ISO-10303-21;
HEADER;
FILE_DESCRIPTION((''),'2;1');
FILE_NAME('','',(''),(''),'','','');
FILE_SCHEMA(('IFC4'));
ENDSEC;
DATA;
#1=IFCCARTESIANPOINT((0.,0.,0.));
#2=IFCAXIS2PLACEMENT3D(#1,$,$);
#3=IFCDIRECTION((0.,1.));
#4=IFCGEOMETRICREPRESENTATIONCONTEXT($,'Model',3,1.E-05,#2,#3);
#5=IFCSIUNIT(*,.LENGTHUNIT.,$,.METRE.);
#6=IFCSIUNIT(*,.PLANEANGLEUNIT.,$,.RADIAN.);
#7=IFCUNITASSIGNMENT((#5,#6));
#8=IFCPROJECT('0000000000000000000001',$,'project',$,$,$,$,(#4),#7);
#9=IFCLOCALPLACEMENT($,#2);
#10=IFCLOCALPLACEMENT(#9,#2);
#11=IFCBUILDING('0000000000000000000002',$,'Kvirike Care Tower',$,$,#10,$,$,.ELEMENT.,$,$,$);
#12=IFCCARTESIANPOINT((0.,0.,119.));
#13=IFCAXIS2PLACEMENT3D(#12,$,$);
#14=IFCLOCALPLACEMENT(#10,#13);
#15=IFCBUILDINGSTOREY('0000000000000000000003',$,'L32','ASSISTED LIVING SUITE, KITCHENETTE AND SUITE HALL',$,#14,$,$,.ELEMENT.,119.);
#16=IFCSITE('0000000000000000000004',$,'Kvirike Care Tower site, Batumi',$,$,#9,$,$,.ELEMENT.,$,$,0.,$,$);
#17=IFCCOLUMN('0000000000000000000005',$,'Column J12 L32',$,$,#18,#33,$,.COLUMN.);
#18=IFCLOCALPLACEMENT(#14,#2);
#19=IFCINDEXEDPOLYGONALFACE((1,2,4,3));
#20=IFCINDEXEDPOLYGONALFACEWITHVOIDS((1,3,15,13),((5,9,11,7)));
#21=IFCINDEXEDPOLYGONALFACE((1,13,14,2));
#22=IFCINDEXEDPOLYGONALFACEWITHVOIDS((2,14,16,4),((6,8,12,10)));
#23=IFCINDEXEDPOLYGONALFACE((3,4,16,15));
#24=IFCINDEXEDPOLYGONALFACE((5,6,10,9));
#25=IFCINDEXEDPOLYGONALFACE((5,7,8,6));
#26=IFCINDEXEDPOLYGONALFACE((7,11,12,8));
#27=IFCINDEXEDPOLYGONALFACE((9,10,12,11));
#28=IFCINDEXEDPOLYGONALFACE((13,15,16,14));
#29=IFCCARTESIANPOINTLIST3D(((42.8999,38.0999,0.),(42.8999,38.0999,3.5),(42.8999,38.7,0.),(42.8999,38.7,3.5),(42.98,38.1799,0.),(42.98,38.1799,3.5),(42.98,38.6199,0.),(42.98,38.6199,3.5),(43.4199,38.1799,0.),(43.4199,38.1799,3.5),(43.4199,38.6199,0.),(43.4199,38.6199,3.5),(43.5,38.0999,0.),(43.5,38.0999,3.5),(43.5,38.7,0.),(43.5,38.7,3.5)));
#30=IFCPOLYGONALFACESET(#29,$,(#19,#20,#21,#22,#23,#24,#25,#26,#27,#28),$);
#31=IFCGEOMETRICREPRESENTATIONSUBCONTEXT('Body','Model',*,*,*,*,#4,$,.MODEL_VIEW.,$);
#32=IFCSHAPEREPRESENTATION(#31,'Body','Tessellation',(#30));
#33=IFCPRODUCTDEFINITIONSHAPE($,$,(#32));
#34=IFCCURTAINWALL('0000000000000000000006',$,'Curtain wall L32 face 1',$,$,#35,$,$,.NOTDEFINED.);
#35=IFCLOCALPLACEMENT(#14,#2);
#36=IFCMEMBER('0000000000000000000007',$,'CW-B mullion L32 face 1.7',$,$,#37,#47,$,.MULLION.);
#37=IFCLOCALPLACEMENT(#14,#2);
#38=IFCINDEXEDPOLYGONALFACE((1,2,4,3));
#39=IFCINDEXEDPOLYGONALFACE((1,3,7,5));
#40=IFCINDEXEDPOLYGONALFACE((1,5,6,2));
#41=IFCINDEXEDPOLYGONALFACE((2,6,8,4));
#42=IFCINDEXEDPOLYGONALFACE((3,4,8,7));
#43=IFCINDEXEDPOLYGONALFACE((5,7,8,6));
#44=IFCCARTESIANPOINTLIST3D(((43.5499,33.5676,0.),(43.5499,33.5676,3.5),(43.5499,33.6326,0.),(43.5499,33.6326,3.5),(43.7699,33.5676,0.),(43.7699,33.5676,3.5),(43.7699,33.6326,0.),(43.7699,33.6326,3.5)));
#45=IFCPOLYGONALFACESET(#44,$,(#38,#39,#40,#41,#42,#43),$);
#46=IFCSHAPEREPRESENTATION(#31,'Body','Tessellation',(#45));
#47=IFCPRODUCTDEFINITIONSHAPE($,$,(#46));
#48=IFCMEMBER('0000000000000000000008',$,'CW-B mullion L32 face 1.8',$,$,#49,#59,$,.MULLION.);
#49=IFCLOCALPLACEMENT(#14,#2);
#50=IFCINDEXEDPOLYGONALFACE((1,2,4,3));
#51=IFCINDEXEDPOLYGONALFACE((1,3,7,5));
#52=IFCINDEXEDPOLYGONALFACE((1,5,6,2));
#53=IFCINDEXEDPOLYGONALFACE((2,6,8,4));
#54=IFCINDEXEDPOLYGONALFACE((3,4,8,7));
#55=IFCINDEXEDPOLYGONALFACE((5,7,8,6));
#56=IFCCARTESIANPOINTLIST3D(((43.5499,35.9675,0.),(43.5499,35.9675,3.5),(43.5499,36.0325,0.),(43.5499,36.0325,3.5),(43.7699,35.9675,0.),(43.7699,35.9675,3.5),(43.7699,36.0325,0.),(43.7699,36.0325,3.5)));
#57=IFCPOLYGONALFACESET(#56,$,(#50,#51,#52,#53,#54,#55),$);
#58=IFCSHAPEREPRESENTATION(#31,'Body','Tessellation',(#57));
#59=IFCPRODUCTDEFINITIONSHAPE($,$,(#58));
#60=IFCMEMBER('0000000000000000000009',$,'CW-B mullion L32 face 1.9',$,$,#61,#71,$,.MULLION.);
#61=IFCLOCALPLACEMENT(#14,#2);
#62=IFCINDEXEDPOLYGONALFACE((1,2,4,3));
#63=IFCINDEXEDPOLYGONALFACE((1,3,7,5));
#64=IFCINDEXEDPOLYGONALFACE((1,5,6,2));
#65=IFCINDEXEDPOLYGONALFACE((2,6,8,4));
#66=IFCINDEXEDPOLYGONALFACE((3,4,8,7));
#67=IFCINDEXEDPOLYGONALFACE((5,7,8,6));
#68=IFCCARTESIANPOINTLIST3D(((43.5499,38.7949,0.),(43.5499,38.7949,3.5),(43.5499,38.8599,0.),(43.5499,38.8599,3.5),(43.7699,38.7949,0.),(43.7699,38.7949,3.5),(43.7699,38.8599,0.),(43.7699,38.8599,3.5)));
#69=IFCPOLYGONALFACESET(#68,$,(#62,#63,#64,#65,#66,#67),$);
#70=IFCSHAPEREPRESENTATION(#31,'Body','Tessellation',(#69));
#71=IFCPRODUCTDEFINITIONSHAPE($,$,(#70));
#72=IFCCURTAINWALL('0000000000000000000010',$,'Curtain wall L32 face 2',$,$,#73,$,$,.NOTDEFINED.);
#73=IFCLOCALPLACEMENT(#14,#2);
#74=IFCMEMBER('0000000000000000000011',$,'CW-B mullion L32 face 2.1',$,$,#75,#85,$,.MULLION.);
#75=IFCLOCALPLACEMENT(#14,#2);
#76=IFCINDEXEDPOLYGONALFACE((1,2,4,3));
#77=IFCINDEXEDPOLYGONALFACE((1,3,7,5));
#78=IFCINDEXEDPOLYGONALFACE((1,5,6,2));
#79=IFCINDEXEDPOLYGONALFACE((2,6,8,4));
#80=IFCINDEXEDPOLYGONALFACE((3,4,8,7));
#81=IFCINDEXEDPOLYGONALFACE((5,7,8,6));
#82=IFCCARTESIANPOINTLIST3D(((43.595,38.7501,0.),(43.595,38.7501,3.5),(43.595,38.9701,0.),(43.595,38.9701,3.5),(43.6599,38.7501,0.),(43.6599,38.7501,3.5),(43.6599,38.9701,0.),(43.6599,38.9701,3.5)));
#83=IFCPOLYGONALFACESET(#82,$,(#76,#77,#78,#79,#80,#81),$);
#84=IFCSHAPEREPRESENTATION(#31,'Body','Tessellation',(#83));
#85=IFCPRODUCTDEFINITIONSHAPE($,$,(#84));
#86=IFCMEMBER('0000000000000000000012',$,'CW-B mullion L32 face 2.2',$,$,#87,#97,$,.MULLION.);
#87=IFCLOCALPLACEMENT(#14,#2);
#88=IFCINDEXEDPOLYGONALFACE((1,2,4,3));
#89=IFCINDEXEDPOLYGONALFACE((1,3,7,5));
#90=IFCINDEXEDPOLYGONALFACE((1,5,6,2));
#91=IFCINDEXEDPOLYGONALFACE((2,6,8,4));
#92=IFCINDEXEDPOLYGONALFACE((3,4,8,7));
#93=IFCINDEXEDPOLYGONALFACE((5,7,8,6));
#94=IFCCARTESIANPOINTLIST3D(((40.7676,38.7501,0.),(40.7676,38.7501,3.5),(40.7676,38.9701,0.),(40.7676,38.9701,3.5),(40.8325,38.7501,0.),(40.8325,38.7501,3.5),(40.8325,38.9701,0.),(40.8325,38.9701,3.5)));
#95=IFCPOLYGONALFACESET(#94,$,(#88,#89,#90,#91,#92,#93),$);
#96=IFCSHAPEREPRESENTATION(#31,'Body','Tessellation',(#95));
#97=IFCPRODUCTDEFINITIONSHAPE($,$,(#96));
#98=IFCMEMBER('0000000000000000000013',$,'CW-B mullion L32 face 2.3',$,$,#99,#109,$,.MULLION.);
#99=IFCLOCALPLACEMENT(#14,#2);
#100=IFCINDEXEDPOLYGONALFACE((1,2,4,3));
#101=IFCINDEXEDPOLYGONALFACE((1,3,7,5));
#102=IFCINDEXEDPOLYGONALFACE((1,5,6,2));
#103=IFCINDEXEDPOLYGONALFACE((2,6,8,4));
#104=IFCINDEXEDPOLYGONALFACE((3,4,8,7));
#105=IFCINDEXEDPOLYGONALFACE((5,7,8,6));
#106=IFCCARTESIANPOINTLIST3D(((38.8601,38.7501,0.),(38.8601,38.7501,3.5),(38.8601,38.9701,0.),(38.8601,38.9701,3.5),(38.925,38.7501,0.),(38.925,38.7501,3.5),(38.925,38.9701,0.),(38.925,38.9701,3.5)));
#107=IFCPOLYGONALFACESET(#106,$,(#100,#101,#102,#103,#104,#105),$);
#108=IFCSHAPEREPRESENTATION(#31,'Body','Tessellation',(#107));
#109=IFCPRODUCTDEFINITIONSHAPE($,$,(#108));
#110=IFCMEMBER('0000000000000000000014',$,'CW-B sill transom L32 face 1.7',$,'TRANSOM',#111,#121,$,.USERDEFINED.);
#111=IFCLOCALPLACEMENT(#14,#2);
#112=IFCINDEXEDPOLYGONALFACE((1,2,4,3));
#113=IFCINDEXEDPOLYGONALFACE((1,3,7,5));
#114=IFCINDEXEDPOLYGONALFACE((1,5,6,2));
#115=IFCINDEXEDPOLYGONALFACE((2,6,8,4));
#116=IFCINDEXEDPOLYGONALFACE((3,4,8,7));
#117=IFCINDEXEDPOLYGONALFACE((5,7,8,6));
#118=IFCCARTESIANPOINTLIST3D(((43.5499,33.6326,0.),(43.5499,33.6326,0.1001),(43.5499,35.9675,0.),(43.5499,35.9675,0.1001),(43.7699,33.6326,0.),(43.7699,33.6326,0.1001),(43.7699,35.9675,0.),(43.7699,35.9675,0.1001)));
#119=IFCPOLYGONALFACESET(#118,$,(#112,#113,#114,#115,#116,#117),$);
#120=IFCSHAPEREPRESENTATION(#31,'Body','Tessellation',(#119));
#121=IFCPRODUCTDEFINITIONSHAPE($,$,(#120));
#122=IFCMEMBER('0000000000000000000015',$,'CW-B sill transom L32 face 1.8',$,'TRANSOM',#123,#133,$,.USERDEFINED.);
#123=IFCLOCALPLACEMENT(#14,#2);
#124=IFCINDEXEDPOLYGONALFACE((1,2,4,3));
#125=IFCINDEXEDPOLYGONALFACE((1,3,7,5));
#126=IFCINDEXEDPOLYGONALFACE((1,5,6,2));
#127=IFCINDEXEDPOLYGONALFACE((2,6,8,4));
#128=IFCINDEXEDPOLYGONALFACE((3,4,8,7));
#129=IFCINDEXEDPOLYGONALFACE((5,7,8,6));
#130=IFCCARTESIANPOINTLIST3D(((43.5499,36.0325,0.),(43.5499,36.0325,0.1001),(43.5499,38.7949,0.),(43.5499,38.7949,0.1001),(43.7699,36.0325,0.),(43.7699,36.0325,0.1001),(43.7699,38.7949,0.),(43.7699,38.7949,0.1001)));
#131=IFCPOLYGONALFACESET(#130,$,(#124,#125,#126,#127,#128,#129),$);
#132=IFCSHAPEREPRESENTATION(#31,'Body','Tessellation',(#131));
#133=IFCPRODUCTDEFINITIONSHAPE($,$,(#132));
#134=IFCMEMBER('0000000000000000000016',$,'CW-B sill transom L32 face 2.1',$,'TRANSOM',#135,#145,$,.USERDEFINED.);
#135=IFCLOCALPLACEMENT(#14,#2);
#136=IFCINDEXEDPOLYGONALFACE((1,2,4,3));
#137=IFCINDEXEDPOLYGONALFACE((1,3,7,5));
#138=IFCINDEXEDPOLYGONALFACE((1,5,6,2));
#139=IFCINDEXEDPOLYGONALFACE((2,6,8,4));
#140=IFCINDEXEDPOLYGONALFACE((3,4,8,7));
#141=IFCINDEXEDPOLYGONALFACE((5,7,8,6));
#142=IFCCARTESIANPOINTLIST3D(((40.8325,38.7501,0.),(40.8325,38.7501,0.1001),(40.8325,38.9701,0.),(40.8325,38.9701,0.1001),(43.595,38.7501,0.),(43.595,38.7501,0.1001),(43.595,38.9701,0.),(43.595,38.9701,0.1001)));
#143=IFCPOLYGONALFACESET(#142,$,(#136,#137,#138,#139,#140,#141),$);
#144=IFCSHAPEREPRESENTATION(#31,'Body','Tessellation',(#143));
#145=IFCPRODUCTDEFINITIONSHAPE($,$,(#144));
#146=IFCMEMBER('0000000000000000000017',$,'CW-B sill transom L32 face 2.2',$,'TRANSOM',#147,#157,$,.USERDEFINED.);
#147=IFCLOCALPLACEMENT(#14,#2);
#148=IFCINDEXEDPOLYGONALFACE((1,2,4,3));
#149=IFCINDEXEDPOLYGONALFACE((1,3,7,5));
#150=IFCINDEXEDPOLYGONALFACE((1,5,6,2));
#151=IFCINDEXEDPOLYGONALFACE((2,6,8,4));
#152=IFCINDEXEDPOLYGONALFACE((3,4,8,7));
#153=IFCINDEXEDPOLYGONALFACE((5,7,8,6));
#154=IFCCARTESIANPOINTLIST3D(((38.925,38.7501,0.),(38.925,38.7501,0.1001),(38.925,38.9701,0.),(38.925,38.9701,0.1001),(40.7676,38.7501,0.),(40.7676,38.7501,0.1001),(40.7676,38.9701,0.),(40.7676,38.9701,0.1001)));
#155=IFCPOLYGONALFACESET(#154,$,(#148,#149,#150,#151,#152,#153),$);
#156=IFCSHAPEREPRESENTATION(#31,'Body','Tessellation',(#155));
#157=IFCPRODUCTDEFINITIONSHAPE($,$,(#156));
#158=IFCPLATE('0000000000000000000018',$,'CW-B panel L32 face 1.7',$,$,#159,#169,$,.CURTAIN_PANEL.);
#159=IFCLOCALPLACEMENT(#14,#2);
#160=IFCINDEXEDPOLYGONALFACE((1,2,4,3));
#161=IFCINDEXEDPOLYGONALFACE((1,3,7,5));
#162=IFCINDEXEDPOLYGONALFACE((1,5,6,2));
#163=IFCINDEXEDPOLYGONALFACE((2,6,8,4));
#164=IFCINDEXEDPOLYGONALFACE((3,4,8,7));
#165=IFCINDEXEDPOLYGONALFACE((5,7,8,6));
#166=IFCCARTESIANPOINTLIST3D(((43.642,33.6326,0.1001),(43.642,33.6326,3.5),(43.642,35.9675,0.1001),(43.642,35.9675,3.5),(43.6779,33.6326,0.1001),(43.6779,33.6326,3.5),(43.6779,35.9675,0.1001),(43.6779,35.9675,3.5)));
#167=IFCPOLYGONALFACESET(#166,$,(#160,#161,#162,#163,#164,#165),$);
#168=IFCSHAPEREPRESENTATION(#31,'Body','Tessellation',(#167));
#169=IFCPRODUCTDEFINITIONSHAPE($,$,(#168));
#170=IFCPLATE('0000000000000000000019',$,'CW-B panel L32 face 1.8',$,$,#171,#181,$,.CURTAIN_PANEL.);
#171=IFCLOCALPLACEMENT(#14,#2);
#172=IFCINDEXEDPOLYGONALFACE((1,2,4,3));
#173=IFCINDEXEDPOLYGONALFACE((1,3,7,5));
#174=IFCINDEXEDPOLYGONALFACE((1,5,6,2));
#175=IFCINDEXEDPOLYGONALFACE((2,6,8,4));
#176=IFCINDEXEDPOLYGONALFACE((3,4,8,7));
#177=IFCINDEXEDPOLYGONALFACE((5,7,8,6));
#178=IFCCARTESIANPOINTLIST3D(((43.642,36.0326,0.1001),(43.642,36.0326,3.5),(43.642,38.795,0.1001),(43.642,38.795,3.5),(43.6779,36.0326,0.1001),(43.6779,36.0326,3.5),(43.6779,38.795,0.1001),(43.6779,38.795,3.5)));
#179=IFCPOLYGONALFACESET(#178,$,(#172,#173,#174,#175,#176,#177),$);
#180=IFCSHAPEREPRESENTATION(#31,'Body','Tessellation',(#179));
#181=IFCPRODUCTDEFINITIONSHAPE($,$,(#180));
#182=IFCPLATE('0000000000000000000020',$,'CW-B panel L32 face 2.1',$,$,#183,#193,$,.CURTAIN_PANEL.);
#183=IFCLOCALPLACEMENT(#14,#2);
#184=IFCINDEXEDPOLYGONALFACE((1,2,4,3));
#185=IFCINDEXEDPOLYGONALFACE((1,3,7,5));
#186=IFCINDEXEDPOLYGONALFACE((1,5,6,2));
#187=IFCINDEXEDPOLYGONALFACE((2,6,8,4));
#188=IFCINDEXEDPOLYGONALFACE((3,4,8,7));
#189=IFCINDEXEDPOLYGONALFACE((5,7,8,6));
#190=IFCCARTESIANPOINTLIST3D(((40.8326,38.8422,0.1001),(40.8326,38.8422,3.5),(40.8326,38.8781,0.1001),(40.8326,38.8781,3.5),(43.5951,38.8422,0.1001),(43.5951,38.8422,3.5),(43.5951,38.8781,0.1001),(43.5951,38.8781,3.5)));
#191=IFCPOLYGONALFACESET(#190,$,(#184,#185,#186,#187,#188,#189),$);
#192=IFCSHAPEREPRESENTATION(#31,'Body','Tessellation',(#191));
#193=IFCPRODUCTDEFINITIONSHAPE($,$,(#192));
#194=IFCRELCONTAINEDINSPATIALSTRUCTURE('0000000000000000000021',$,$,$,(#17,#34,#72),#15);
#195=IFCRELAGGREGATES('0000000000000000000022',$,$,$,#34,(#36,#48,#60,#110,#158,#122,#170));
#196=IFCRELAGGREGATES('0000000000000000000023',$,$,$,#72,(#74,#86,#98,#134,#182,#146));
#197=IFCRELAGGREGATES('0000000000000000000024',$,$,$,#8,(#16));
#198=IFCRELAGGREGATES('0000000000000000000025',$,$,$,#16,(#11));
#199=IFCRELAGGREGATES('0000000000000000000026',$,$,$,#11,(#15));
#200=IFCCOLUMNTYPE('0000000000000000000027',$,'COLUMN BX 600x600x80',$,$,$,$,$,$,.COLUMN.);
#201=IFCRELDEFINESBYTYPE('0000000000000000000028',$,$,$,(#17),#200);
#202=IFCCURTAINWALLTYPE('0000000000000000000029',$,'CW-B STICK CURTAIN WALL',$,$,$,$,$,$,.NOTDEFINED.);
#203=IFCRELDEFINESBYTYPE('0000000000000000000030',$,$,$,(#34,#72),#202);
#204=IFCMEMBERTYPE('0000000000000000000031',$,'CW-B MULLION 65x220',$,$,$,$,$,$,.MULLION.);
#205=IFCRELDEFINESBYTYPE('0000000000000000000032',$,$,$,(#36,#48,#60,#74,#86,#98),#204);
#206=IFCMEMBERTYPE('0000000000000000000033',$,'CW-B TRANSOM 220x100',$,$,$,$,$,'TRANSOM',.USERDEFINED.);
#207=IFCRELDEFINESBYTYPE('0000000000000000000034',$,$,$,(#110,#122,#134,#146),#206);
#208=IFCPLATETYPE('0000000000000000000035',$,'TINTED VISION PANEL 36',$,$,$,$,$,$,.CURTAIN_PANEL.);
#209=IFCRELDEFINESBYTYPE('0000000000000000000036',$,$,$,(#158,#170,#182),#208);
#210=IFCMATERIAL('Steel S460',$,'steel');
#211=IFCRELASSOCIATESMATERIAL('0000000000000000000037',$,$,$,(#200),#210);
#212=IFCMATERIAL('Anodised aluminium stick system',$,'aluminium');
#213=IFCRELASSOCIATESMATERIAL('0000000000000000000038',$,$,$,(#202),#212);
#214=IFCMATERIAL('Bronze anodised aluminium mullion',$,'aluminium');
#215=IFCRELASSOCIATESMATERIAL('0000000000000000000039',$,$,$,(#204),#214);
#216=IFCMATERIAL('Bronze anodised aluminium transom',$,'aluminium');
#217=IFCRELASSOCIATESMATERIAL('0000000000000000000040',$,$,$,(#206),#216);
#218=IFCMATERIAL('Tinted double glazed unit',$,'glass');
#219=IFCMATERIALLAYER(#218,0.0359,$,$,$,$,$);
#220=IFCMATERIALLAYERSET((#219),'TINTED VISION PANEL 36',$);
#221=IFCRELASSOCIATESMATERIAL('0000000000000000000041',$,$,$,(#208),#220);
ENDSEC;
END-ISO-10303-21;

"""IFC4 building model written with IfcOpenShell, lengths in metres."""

from ifc_helpers import new_model, si_unit, direction, frame, origin, origin_2d, place, context, subcontext, project, spatial, rectangle, hollow_rectangle, extrude, material, layer, layer_set, material_profile, profile_set, type_object, element, aggregate, save


model = new_model("IFC4")

# Units and contexts
model_context = context("Model", 3, precision=1e-05, world=origin(), true_north=direction((0.0, 1.0)))
body_context = subcontext(model_context, "Body", "Model", "MODEL_VIEW")
ifc_project = project(units=[si_unit("LENGTHUNIT", "METRE"), si_unit("PLANEANGLEUNIT", "RADIAN")], contexts=[model_context])

# Site, building, storey
site_placement = place(None, origin())
site = spatial("IfcSite", under=ifc_project, at=site_placement, Name="Kvirike Care Tower site, Batumi", CompositionType="ELEMENT", RefElevation=0.0)
building_placement = place(site_placement, origin())
building = spatial("IfcBuilding", under=site, at=building_placement, Name="Kvirike Care Tower", CompositionType="ELEMENT")
storey_placement = place(building_placement, frame((0.0, 0.0, 119.0)))
storey = spatial("IfcBuildingStorey", under=building, at=storey_placement, Name="L32", Description="ASSISTED LIVING SUITE, KITCHENETTE AND SUITE HALL", CompositionType="ELEMENT", Elevation=119.0)

# Column
ifc_material_1 = material(Name="Steel S460", Category="steel")
ifc_material_profile_1 = material_profile(ifc_material_1, hollow_rectangle(XDim=0.6001, YDim=0.6001, WallThickness=0.0801, at=origin_2d()), Name="BX 600x600x80")
ifc_profile_set_1 = profile_set([ifc_material_profile_1], Name="Steel S460")
column_type = type_object("IfcColumnType", Name="COLUMN BX 600x600x80", PredefinedType="COLUMN", material=ifc_profile_set_1)
column_placement = place(storey_placement, frame((43.2, 38.3999, 0.0), z_axis=(0.0, 0.0, 1.0), x_axis=(0.0, 1.0, 0.0)))
element("IfcColumn", 1, at=column_placement, inside=storey, type_object=column_type, Name="Column J12 L32", PredefinedType="COLUMN", context=body_context, shape_type="SweptSolid", body=[
    extrude(hollow_rectangle(XDim=0.6001, YDim=0.6001, WallThickness=0.0801, at=origin_2d()), origin(), (0.0, 0.0, 1.0), 3.5),
])

# Curtain walls, members
ifc_material_2 = material(Name="Anodised aluminium stick system", Category="aluminium")
curtain_wall_type = type_object("IfcCurtainWallType", Name="CW-B STICK CURTAIN WALL", PredefinedType="NOTDEFINED", material=ifc_material_2)
curtain_wall_1_placement = place(storey_placement, origin())
curtain_wall_1 = element("IfcCurtainWall", 2, at=curtain_wall_1_placement, inside=storey, type_object=curtain_wall_type, Name="Curtain wall L32 face 1", PredefinedType="NOTDEFINED")
ifc_material_3 = material(Name="Bronze anodised aluminium mullion", Category="aluminium")
ifc_material_profile_2 = material_profile(ifc_material_3, rectangle(XDim=0.0649, YDim=0.22, at=origin_2d()), Name="CW-B MULLION 65x220")
ifc_profile_set_2 = profile_set([ifc_material_profile_2], Name="Bronze anodised aluminium mullion")
member_type_1 = type_object("IfcMemberType", Name="CW-B MULLION 65x220", PredefinedType="MULLION", material=ifc_profile_set_2)
member_1_placement = place(storey_placement, frame((43.6599, 33.6001, 0.0), z_axis=(0.0, 0.0, 1.0), x_axis=(0.0, 1.0, 0.0)))
member_1 = element("IfcMember", 3, at=member_1_placement, type_object=member_type_1, Name="CW-B mullion L32 face 1.7", PredefinedType="MULLION", context=body_context, shape_type="SweptSolid", body=[
    extrude(rectangle(XDim=0.0649, YDim=0.22, at=origin_2d()), origin(), (0.0, 0.0, 1.0), 3.5),
])
member_2_placement = place(storey_placement, frame((43.6599, 36.0, 0.0), z_axis=(0.0, 0.0, 1.0), x_axis=(0.0, 1.0, 0.0)))
member_2 = element("IfcMember", 4, at=member_2_placement, type_object=member_type_1, Name="CW-B mullion L32 face 1.8", PredefinedType="MULLION", context=body_context, shape_type="SweptSolid", body=[
    extrude(rectangle(XDim=0.0649, YDim=0.22, at=origin_2d()), origin(), (0.0, 0.0, 1.0), 3.5),
])
member_3_placement = place(storey_placement, frame((43.6599, 38.8274, 0.0), z_axis=(0.0, 0.0, 1.0), x_axis=(0.0, 1.0, 0.0)))
member_3 = element("IfcMember", 5, at=member_3_placement, type_object=member_type_1, Name="CW-B mullion L32 face 1.9", PredefinedType="MULLION", context=body_context, shape_type="SweptSolid", body=[
    extrude(rectangle(XDim=0.0649, YDim=0.22, at=origin_2d()), origin(), (0.0, 0.0, 1.0), 3.5),
])
curtain_wall_2_placement = place(storey_placement, origin())
curtain_wall_2 = element("IfcCurtainWall", 6, at=curtain_wall_2_placement, inside=storey, type_object=curtain_wall_type, Name="Curtain wall L32 face 2", PredefinedType="NOTDEFINED")
member_4_placement = place(storey_placement, frame((43.6274, 38.8601, 0.0), z_axis=(0.0, 0.0, 1.0), x_axis=(-1.0, 0.0, 0.0)))
member_4 = element("IfcMember", 7, at=member_4_placement, type_object=member_type_1, Name="CW-B mullion L32 face 2.1", PredefinedType="MULLION", context=body_context, shape_type="SweptSolid", body=[
    extrude(rectangle(XDim=0.0649, YDim=0.22, at=origin_2d()), origin(), (0.0, 0.0, 1.0), 3.5),
])
member_5_placement = place(storey_placement, frame((40.8, 38.8601, 0.0), z_axis=(0.0, 0.0, 1.0), x_axis=(-1.0, 0.0, 0.0)))
member_5 = element("IfcMember", 8, at=member_5_placement, type_object=member_type_1, Name="CW-B mullion L32 face 2.2", PredefinedType="MULLION", context=body_context, shape_type="SweptSolid", body=[
    extrude(rectangle(XDim=0.0649, YDim=0.22, at=origin_2d()), origin(), (0.0, 0.0, 1.0), 3.5),
])
member_6_placement = place(storey_placement, frame((38.8926, 38.8601, 0.0), z_axis=(0.0, 0.0, 1.0), x_axis=(-1.0, 0.0, 0.0)))
member_6 = element("IfcMember", 9, at=member_6_placement, type_object=member_type_1, Name="CW-B mullion L32 face 2.3", PredefinedType="MULLION", context=body_context, shape_type="SweptSolid", body=[
    extrude(rectangle(XDim=0.0649, YDim=0.22, at=origin_2d()), origin(), (0.0, 0.0, 1.0), 3.5),
])

# Members
ifc_material_4 = material(Name="Bronze anodised aluminium transom", Category="aluminium")
ifc_material_profile_3 = material_profile(ifc_material_4, rectangle(XDim=0.22, YDim=0.1001, at=origin_2d()), Name="CW-B TRANSOM 220x100")
ifc_profile_set_3 = profile_set([ifc_material_profile_3], Name="Bronze anodised aluminium transom")
member_type_2 = type_object("IfcMemberType", Name="CW-B TRANSOM 220x100", ElementType="TRANSOM", PredefinedType="USERDEFINED", material=ifc_profile_set_3)
member_7_placement = place(storey_placement, frame((43.6599, 33.6326, 0.05), z_axis=(0.0, 1.0, 0.0), x_axis=(-1.0, 0.0, 0.0)))
member_7 = element("IfcMember", 10, at=member_7_placement, type_object=member_type_2, Name="CW-B sill transom L32 face 1.7", ObjectType="TRANSOM", PredefinedType="USERDEFINED", context=body_context, shape_type="SweptSolid", body=[
    extrude(rectangle(XDim=0.22, YDim=0.1001, at=origin_2d()), origin(), (0.0, 0.0, 1.0), 2.335),
])
member_8_placement = place(storey_placement, frame((43.6599, 36.0325, 0.05), z_axis=(0.0, 1.0, 0.0), x_axis=(-1.0, 0.0, 0.0)))
member_8 = element("IfcMember", 11, at=member_8_placement, type_object=member_type_2, Name="CW-B sill transom L32 face 1.8", ObjectType="TRANSOM", PredefinedType="USERDEFINED", context=body_context, shape_type="SweptSolid", body=[
    extrude(rectangle(XDim=0.22, YDim=0.1001, at=origin_2d()), origin(), (0.0, 0.0, 1.0), 2.7625),
])
member_9_placement = place(storey_placement, frame((43.595, 38.8601, 0.05), z_axis=(-1.0, 0.0, 0.0), x_axis=(0.0, -1.0, 0.0)))
member_9 = element("IfcMember", 12, at=member_9_placement, type_object=member_type_2, Name="CW-B sill transom L32 face 2.1", ObjectType="TRANSOM", PredefinedType="USERDEFINED", context=body_context, shape_type="SweptSolid", body=[
    extrude(rectangle(XDim=0.22, YDim=0.1001, at=origin_2d()), origin(), (0.0, 0.0, 1.0), 2.7625),
])
member_10_placement = place(storey_placement, frame((40.7676, 38.8601, 0.05), z_axis=(-1.0, 0.0, 0.0), x_axis=(0.0, -1.0, 0.0)))
member_10 = element("IfcMember", 13, at=member_10_placement, type_object=member_type_2, Name="CW-B sill transom L32 face 2.2", ObjectType="TRANSOM", PredefinedType="USERDEFINED", context=body_context, shape_type="SweptSolid", body=[
    extrude(rectangle(XDim=0.22, YDim=0.1001, at=origin_2d()), origin(), (0.0, 0.0, 1.0), 1.8425),
])

# Plates
ifc_material_5 = material(Name="Tinted double glazed unit", Category="glass")
ifc_layer_1 = layer(ifc_material_5, 0.0359)
ifc_layer_set_1 = layer_set([ifc_layer_1], Name="TINTED VISION PANEL 36")
plate_type = type_object("IfcPlateType", Name="TINTED VISION PANEL 36", PredefinedType="CURTAIN_PANEL", material=ifc_layer_set_1)
plate_1_placement = place(storey_placement, frame((43.6599, 34.8, 0.1001), z_axis=(0.0, 0.0, 1.0), x_axis=(0.0, 1.0, 0.0)))
plate_1 = element("IfcPlate", 14, at=plate_1_placement, type_object=plate_type, Name="CW-B panel L32 face 1.7", PredefinedType="CURTAIN_PANEL", context=body_context, shape_type="SweptSolid", body=[
    extrude(rectangle(XDim=2.335, YDim=0.0359, at=origin_2d()), origin(), (0.0, 0.0, 1.0), 3.3999),
])
plate_2_placement = place(storey_placement, frame((43.6599, 37.4138, 0.1001), z_axis=(0.0, 0.0, 1.0), x_axis=(0.0, 1.0, 0.0)))
plate_2 = element("IfcPlate", 15, at=plate_2_placement, type_object=plate_type, Name="CW-B panel L32 face 1.8", PredefinedType="CURTAIN_PANEL", context=body_context, shape_type="SweptSolid", body=[
    extrude(rectangle(XDim=2.7625, YDim=0.0359, at=origin_2d()), origin(), (0.0, 0.0, 1.0), 3.3999),
])
aggregate(curtain_wall_1, [member_1, member_2, member_3, member_7, plate_1, member_8, plate_2])
plate_3_placement = place(storey_placement, frame((42.2139, 38.8601, 0.1001), z_axis=(0.0, 0.0, 1.0), x_axis=(-1.0, 0.0, 0.0)))
plate_3 = element("IfcPlate", 16, at=plate_3_placement, type_object=plate_type, Name="CW-B panel L32 face 2.1", PredefinedType="CURTAIN_PANEL", context=body_context, shape_type="SweptSolid", body=[
    extrude(rectangle(XDim=2.7625, YDim=0.0359, at=origin_2d()), origin(), (0.0, 0.0, 1.0), 3.3999),
])
aggregate(curtain_wall_2, [member_4, member_5, member_6, member_9, plate_3, member_10])

save(model, "model.ifc")
